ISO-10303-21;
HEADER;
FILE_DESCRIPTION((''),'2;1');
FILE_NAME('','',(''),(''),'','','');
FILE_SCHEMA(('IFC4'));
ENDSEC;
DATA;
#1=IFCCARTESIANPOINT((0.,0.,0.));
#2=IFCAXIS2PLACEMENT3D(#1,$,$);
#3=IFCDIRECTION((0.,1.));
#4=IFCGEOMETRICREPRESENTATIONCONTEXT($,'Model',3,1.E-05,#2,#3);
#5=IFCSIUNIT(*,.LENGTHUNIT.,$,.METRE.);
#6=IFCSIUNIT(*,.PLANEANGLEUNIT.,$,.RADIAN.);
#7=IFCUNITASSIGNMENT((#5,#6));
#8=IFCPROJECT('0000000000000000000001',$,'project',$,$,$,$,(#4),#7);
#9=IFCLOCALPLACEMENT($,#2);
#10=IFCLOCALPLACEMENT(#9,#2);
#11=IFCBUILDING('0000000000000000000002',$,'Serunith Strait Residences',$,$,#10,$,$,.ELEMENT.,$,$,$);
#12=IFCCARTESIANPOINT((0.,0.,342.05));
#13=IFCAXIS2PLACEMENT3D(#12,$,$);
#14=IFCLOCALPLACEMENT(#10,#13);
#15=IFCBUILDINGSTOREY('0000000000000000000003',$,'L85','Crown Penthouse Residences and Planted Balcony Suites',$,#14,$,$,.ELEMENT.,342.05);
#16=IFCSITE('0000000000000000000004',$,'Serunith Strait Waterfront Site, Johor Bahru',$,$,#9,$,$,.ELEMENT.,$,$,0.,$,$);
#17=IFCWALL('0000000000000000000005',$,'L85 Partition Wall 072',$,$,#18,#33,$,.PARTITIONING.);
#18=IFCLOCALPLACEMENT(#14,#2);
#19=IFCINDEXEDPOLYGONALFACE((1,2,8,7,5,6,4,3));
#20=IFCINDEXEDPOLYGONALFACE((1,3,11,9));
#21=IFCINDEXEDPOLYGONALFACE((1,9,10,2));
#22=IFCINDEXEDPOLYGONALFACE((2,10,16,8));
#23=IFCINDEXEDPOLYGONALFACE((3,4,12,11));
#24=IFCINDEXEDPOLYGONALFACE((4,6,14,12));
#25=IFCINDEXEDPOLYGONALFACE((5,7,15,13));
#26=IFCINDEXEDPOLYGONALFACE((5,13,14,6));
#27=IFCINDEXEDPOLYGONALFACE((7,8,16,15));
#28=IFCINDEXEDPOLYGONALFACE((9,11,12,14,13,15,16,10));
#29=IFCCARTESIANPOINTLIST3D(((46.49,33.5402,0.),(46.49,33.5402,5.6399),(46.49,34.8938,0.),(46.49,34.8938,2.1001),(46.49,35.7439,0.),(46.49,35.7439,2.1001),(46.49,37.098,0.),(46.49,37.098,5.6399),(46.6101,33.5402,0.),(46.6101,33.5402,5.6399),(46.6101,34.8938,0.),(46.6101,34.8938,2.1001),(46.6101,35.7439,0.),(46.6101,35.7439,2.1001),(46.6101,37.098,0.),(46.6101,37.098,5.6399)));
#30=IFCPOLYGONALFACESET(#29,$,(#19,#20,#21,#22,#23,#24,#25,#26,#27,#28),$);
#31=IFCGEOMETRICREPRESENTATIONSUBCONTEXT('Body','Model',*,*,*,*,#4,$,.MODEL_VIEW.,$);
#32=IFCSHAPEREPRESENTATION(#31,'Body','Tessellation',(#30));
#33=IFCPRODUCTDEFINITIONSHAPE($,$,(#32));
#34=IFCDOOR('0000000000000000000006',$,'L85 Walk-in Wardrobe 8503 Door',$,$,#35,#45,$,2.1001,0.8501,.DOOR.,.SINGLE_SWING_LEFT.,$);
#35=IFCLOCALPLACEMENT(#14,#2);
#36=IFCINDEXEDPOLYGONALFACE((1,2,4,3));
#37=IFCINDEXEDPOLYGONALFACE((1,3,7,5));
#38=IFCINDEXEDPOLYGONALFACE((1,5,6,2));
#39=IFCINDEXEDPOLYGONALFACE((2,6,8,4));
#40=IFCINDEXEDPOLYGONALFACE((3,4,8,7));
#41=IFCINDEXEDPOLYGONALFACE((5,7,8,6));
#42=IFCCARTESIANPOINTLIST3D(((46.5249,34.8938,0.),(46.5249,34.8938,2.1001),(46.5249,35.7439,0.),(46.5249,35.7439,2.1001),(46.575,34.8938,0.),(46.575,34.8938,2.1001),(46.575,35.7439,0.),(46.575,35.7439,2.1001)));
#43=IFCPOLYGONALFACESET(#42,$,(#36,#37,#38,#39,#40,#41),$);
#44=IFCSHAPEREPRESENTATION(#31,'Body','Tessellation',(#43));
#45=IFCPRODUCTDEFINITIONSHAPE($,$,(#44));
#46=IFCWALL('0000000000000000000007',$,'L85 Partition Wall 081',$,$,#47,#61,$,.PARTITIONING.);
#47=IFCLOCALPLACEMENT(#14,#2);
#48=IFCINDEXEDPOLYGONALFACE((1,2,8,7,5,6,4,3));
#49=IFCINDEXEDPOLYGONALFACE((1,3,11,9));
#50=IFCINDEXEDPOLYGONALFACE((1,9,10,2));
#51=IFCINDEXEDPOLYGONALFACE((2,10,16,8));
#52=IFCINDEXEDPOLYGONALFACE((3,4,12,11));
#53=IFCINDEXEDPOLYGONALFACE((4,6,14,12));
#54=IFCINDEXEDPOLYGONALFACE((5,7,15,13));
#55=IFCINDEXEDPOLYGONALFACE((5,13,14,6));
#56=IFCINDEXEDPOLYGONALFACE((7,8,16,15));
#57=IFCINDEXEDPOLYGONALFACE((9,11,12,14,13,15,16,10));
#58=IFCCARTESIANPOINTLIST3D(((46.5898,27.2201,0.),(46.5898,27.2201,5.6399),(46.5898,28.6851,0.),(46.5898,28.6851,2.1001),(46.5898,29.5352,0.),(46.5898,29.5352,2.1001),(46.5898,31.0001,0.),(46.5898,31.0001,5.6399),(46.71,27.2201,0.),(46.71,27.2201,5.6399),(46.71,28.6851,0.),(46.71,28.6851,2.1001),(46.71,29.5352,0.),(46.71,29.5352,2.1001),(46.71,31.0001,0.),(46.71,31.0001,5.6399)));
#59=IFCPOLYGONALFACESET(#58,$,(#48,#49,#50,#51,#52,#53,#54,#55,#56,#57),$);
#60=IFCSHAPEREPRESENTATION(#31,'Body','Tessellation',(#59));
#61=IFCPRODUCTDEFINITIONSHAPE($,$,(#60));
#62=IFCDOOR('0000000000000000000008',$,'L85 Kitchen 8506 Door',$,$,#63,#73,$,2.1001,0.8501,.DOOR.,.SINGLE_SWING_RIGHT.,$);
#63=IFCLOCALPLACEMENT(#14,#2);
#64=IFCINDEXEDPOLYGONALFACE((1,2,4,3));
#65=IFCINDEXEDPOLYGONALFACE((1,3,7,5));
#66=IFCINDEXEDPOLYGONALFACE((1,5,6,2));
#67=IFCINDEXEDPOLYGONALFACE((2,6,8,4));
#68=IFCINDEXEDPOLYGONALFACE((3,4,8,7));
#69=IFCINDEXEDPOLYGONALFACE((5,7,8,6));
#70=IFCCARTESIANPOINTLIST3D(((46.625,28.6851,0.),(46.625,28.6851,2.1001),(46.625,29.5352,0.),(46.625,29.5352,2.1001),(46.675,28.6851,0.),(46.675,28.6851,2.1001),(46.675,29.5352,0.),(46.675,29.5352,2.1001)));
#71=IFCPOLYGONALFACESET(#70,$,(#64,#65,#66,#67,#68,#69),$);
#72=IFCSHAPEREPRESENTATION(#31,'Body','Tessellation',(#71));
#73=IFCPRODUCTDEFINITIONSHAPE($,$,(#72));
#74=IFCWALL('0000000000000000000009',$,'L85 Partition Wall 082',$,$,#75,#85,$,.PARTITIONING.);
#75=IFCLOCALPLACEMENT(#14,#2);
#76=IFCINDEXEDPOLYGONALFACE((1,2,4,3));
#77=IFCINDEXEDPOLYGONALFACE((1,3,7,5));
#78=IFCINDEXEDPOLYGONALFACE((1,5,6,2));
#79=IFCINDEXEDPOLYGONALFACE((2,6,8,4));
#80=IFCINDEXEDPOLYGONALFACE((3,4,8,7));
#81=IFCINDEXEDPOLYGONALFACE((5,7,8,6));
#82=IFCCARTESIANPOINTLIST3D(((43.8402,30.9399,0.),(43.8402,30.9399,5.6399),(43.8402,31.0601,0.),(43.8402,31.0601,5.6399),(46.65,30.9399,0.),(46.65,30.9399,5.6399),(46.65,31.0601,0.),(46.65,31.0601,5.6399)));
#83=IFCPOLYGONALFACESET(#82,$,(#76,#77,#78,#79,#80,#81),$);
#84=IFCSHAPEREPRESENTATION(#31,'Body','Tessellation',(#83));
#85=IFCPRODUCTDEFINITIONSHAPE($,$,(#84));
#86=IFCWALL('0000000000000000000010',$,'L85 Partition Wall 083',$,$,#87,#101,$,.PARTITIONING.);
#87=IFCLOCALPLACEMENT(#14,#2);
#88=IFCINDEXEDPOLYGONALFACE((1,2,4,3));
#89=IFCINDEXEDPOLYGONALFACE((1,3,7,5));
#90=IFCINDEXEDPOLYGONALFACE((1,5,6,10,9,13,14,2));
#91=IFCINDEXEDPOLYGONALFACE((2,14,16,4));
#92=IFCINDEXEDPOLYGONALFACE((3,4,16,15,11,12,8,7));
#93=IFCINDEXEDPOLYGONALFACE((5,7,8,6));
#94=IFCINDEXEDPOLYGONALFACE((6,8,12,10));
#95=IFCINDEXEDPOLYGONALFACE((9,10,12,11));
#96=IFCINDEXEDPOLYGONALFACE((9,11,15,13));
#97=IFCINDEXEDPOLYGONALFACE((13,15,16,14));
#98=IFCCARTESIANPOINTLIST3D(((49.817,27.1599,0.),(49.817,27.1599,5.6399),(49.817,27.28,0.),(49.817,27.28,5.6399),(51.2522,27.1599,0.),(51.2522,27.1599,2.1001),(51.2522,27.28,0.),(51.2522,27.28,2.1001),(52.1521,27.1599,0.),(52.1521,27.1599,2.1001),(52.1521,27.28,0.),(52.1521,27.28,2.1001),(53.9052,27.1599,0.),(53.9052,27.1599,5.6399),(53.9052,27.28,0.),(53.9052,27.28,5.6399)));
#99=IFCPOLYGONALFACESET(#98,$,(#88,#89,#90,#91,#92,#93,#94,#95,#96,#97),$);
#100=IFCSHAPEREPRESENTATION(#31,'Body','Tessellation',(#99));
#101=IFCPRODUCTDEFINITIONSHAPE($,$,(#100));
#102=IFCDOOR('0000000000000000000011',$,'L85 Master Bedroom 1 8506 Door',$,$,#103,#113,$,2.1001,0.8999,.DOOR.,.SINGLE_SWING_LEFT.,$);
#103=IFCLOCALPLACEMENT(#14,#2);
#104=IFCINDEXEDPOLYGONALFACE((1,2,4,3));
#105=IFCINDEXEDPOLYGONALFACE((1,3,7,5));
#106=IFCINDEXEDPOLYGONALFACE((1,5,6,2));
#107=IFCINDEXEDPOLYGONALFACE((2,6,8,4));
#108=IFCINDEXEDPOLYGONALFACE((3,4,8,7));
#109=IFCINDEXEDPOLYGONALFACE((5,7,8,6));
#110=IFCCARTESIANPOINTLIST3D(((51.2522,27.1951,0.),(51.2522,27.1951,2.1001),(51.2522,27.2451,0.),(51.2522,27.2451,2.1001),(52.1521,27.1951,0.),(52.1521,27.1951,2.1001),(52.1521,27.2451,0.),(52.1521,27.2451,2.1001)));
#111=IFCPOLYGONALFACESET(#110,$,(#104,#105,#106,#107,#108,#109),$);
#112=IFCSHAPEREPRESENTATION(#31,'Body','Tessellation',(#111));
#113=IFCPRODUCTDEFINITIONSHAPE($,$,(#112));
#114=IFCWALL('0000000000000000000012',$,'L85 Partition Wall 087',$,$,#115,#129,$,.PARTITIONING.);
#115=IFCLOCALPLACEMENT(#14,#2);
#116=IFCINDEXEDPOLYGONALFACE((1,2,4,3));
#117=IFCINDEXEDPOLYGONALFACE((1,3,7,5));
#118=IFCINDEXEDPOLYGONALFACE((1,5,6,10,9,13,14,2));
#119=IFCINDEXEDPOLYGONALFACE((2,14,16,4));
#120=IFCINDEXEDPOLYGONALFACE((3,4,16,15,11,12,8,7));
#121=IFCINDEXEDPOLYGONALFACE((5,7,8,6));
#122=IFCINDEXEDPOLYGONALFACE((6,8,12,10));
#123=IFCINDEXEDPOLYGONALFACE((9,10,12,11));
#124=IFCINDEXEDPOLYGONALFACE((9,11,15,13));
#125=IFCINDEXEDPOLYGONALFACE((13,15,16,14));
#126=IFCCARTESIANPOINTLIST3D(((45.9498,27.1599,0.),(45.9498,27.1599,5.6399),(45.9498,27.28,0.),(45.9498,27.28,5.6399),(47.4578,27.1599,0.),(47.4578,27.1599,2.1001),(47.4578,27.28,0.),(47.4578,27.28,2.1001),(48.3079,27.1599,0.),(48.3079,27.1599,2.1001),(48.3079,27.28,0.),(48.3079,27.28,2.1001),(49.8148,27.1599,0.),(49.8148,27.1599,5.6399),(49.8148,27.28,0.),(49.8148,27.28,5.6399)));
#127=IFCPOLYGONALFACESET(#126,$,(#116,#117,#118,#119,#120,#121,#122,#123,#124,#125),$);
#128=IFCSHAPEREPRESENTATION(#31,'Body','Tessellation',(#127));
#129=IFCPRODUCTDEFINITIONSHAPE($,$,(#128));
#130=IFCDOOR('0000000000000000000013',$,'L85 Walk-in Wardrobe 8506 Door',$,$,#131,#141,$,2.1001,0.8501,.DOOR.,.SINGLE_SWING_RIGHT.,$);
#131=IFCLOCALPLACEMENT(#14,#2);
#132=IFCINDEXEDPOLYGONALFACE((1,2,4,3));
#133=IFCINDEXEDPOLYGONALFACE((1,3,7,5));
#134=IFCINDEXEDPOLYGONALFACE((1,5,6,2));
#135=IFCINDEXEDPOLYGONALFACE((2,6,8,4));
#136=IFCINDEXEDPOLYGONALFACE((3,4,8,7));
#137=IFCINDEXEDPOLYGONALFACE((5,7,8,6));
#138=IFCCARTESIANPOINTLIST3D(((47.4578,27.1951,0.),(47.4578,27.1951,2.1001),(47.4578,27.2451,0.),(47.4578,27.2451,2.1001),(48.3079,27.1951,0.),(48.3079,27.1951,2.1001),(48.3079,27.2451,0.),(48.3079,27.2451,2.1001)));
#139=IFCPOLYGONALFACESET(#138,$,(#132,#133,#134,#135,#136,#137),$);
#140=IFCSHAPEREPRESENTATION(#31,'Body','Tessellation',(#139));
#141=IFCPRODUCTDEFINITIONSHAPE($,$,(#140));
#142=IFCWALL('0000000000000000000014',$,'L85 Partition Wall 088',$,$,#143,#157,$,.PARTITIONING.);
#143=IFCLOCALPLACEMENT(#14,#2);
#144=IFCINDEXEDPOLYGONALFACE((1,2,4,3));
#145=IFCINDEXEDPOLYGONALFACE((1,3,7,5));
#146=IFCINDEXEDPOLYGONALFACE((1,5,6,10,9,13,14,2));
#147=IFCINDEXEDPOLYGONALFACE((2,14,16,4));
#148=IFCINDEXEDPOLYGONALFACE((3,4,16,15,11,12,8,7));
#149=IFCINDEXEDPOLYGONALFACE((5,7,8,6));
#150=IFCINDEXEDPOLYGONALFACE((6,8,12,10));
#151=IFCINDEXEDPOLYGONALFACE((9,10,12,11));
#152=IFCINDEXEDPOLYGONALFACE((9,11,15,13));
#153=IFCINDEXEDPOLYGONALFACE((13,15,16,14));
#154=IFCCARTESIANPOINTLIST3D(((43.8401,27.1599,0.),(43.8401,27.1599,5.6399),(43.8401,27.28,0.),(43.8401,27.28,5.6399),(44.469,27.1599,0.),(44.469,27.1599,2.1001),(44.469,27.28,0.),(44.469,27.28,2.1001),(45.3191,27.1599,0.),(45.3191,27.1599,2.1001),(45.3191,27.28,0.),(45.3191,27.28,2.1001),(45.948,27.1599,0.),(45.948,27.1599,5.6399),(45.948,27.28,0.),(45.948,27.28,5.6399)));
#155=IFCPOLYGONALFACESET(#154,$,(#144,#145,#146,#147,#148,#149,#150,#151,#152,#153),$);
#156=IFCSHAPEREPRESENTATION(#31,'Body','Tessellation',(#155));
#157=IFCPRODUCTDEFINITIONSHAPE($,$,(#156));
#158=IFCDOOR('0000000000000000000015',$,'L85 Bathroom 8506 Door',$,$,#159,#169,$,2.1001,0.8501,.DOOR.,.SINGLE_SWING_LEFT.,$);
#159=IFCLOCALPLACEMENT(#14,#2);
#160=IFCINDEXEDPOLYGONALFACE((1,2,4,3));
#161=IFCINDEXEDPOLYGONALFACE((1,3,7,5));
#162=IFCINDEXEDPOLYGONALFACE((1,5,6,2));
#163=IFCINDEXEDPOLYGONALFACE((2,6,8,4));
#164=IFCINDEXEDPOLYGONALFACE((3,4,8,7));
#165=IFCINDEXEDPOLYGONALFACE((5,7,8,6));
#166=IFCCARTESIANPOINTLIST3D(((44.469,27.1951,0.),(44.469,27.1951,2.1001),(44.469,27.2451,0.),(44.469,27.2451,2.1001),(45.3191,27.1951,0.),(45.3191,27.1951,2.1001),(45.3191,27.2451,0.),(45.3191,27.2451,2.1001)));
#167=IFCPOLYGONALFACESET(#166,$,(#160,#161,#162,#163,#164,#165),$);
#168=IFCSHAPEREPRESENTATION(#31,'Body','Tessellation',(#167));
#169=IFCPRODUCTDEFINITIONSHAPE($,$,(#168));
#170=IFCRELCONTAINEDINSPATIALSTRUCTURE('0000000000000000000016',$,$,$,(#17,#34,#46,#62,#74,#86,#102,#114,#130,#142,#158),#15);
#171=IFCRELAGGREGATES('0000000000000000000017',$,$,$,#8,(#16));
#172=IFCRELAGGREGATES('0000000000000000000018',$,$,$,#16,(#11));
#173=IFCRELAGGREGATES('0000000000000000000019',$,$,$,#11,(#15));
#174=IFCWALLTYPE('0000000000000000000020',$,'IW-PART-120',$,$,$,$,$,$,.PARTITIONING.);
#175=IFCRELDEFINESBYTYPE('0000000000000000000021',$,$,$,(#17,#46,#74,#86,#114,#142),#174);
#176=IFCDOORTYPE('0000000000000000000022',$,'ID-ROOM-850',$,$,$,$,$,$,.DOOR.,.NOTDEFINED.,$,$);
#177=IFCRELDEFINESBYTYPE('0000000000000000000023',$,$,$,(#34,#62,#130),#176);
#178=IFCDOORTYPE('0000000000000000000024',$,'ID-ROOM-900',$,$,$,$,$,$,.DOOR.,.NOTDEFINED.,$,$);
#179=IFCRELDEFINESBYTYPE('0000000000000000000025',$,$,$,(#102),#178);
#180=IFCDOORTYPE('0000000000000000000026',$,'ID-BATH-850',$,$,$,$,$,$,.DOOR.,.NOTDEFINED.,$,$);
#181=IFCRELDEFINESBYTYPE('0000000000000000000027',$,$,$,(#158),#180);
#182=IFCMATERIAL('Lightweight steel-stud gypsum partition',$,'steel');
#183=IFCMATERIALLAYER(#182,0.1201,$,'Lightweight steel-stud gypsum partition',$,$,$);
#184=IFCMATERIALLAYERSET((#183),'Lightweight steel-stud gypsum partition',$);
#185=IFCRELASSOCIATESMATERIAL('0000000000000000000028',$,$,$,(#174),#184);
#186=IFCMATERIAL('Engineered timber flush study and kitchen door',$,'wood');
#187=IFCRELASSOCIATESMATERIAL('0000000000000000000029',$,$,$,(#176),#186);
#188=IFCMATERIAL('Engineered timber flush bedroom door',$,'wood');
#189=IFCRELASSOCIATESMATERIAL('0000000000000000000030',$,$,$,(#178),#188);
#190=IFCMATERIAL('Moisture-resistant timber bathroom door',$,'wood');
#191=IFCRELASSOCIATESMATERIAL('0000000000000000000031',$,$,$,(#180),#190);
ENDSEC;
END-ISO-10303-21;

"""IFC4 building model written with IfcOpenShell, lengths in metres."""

from ifc_helpers import new_model, si_unit, direction, frame, frame_2d, origin, place, context, subcontext, project, spatial, rectangle, extrude, source, transform, mapped, material, layer, layer_set, type_object, element, fill, save


model = new_model("IFC4")

# Units and contexts
model_context = context("Model", 3, precision=1e-05, world=origin(), true_north=direction((0.0, 1.0)))
body_context = subcontext(model_context, "Body", "Model", "MODEL_VIEW")
ifc_project = project(units=[si_unit("LENGTHUNIT", "METRE"), si_unit("PLANEANGLEUNIT", "RADIAN")], contexts=[model_context])

# Site, building, storey
site_placement = place(None, origin())
site = spatial("IfcSite", under=ifc_project, at=site_placement, Name="Serunith Strait Waterfront Site, Johor Bahru", CompositionType="ELEMENT", RefElevation=0.0)
building_placement = place(site_placement, origin())
building = spatial("IfcBuilding", under=site, at=building_placement, Name="Serunith Strait Residences", CompositionType="ELEMENT")
storey_placement = place(building_placement, frame((0.0, 0.0, 342.05)))
storey = spatial("IfcBuildingStorey", under=building, at=storey_placement, Name="L85", Description="Crown Penthouse Residences and Planted Balcony Suites", CompositionType="ELEMENT", Elevation=342.05)

# Walls, openings, doors
ifc_material_1 = material(Name="Lightweight steel-stud gypsum partition", Category="steel")
ifc_layer_1 = layer(ifc_material_1, 0.1201, Name="Lightweight steel-stud gypsum partition")
ifc_layer_set_1 = layer_set([ifc_layer_1], Name="Lightweight steel-stud gypsum partition")
wall_type_1 = type_object("IfcWallType", Name="IW-PART-120", PredefinedType="PARTITIONING", material=ifc_layer_set_1)
wall_1_placement = place(storey_placement, frame((46.55, 37.0979, 0.0), z_axis=(0.0, 0.0, 1.0), x_axis=(0.0, -1.0, 0.0)))
wall_1 = element("IfcWall", 1, at=wall_1_placement, inside=storey, type_object=wall_type_1, Name="L85 Partition Wall 072", PredefinedType="PARTITIONING", context=body_context, shape_type="SweptSolid", body=[
    extrude(rectangle(XDim=3.5579, YDim=0.1201, at=frame_2d((1.7788, 0.0))), origin(), (0.0, 0.0, 1.0), 5.6399),
])
opening_1_placement = place(wall_1_placement, frame((1.354, 0.0, 0.0)))
opening_1 = element("IfcOpeningElement", 2, at=opening_1_placement, cuts=wall_1, PredefinedType="OPENING", context=body_context, shape_type="SweptSolid", body=[
    extrude(rectangle(XDim=0.8501, YDim=2.1001, at=frame_2d((0.425, 1.05))), frame((0.0, 0.0701, 0.0), z_axis=(0.0, -1.0, 0.0), x_axis=(1.0, 0.0, 0.0)), (0.0, 0.0, 1.0), 0.1401),
])
ifc_material_2 = material(Name="Engineered timber flush study and kitchen door", Category="wood")
door_type_1 = type_object("IfcDoorType", Name="ID-ROOM-850", OperationType="NOTDEFINED", PredefinedType="DOOR", material=ifc_material_2)
shared_shape_1 = source(origin(), body_context, "Body", "SweptSolid", [
    extrude(rectangle(XDim=0.8501, YDim=2.1001, at=frame_2d((0.425, 1.05))), frame((0.0, 0.0249, 0.0), z_axis=(0.0, -1.0, 0.0), x_axis=(1.0, 0.0, 0.0)), (0.0, 0.0, 1.0), 0.05),
])
door_1_placement = place(opening_1_placement, origin())
door_1 = element("IfcDoor", 3, at=door_1_placement, inside=storey, type_object=door_type_1, Name="L85 Walk-in Wardrobe 8503 Door", OperationType="SINGLE_SWING_LEFT", OverallHeight=2.1001, OverallWidth=0.8501, PredefinedType="DOOR", context=body_context, shape_type="MappedRepresentation", body=[
    mapped(shared_shape_1, transform((0.0, 0.0, 0.0), scale=1.0)),
])
fill(opening_1, door_1)
wall_2_placement = place(storey_placement, frame((46.6499, 27.22, 0.0), z_axis=(0.0, 0.0, 1.0), x_axis=(0.0, 1.0, 0.0)))
wall_2 = element("IfcWall", 4, at=wall_2_placement, inside=storey, type_object=wall_type_1, Name="L85 Partition Wall 081", PredefinedType="PARTITIONING", context=body_context, shape_type="SweptSolid", body=[
    extrude(rectangle(XDim=3.78, YDim=0.1201, at=frame_2d((1.8901, 0.0))), origin(), (0.0, 0.0, 1.0), 5.6399),
])
opening_2_placement = place(wall_2_placement, frame((1.4651, 0.0, 0.0)))
opening_2 = element("IfcOpeningElement", 5, at=opening_2_placement, cuts=wall_2, PredefinedType="OPENING", context=body_context, shape_type="SweptSolid", body=[
    extrude(rectangle(XDim=0.8501, YDim=2.1001, at=frame_2d((0.425, 1.05))), frame((0.0, 0.0701, 0.0), z_axis=(0.0, -1.0, 0.0), x_axis=(1.0, 0.0, 0.0)), (0.0, 0.0, 1.0), 0.1401),
])
door_2_placement = place(opening_2_placement, origin())
door_2 = element("IfcDoor", 6, at=door_2_placement, inside=storey, type_object=door_type_1, Name="L85 Kitchen 8506 Door", OperationType="SINGLE_SWING_RIGHT", OverallHeight=2.1001, OverallWidth=0.8501, PredefinedType="DOOR", context=body_context, shape_type="MappedRepresentation", body=[
    mapped(shared_shape_1, transform((0.0, 0.0, 0.0), scale=1.0)),
])
fill(opening_2, door_2)

# Wall
wall_3_placement = place(storey_placement, frame((46.6499, 31.0, 0.0), z_axis=(0.0, 0.0, 1.0), x_axis=(-1.0, 0.0, 0.0)))
element("IfcWall", 7, at=wall_3_placement, inside=storey, type_object=wall_type_1, Name="L85 Partition Wall 082", PredefinedType="PARTITIONING", context=body_context, shape_type="SweptSolid", body=[
    extrude(rectangle(XDim=2.8098, YDim=0.1201, at=frame_2d((1.4048, 0.0))), origin(), (0.0, 0.0, 1.0), 5.6399),
])

# Walls, openings, doors
wall_4_placement = place(storey_placement, frame((53.905, 27.22, 0.0), z_axis=(0.0, 0.0, 1.0), x_axis=(-1.0, 0.0, 0.0)))
wall_4 = element("IfcWall", 8, at=wall_4_placement, inside=storey, type_object=wall_type_1, Name="L85 Partition Wall 083", PredefinedType="PARTITIONING", context=body_context, shape_type="SweptSolid", body=[
    extrude(rectangle(XDim=4.0881, YDim=0.1201, at=frame_2d((2.0439, 0.0))), origin(), (0.0, 0.0, 1.0), 5.6399),
])
opening_3_placement = place(wall_4_placement, frame((1.7529, 0.0, 0.0)))
opening_3 = element("IfcOpeningElement", 9, at=opening_3_placement, cuts=wall_4, PredefinedType="OPENING", context=body_context, shape_type="SweptSolid", body=[
    extrude(rectangle(XDim=0.8999, YDim=2.1001, at=frame_2d((0.45, 1.05))), frame((0.0, 0.0701, 0.0), z_axis=(0.0, -1.0, 0.0), x_axis=(1.0, 0.0, 0.0)), (0.0, 0.0, 1.0), 0.1401),
])
ifc_material_3 = material(Name="Engineered timber flush bedroom door", Category="wood")
door_type_2 = type_object("IfcDoorType", Name="ID-ROOM-900", OperationType="NOTDEFINED", PredefinedType="DOOR", material=ifc_material_3)
shared_shape_2 = source(origin(), body_context, "Body", "SweptSolid", [
    extrude(rectangle(XDim=0.8999, YDim=2.1001, at=frame_2d((0.45, 1.05))), frame((0.0, 0.0249, 0.0), z_axis=(0.0, -1.0, 0.0), x_axis=(1.0, 0.0, 0.0)), (0.0, 0.0, 1.0), 0.05),
])
door_3_placement = place(opening_3_placement, origin())
door_3 = element("IfcDoor", 10, at=door_3_placement, inside=storey, type_object=door_type_2, Name="L85 Master Bedroom 1 8506 Door", OperationType="SINGLE_SWING_LEFT", OverallHeight=2.1001, OverallWidth=0.8999, PredefinedType="DOOR", context=body_context, shape_type="MappedRepresentation", body=[
    mapped(shared_shape_2, transform((0.0, 0.0, 0.0), scale=1.0)),
])
fill(opening_3, door_3)
wall_5_placement = place(storey_placement, frame((49.8149, 27.22, 0.0), z_axis=(0.0, 0.0, 1.0), x_axis=(-1.0, 0.0, 0.0)))
wall_5 = element("IfcWall", 11, at=wall_5_placement, inside=storey, type_object=wall_type_1, Name="L85 Partition Wall 087", PredefinedType="PARTITIONING", context=body_context, shape_type="SweptSolid", body=[
    extrude(rectangle(XDim=3.865, YDim=0.1201, at=frame_2d((1.9326, 0.0))), origin(), (0.0, 0.0, 1.0), 5.6399),
])
opening_4_placement = place(wall_5_placement, frame((1.5071, 0.0, 0.0)))
opening_4 = element("IfcOpeningElement", 12, at=opening_4_placement, cuts=wall_5, PredefinedType="OPENING", context=body_context, shape_type="SweptSolid", body=[
    extrude(rectangle(XDim=0.8501, YDim=2.1001, at=frame_2d((0.425, 1.05))), frame((0.0, 0.0701, 0.0), z_axis=(0.0, -1.0, 0.0), x_axis=(1.0, 0.0, 0.0)), (0.0, 0.0, 1.0), 0.1401),
])
door_4_placement = place(opening_4_placement, origin())
door_4 = element("IfcDoor", 13, at=door_4_placement, inside=storey, type_object=door_type_1, Name="L85 Walk-in Wardrobe 8506 Door", OperationType="SINGLE_SWING_RIGHT", OverallHeight=2.1001, OverallWidth=0.8501, PredefinedType="DOOR", context=body_context, shape_type="MappedRepresentation", body=[
    mapped(shared_shape_1, transform((0.0, 0.0, 0.0), scale=1.0)),
])
fill(opening_4, door_4)
wall_6_placement = place(storey_placement, frame((45.948, 27.22, 0.0), z_axis=(0.0, 0.0, 1.0), x_axis=(-1.0, 0.0, 0.0)))
wall_6 = element("IfcWall", 14, at=wall_6_placement, inside=storey, type_object=wall_type_1, Name="L85 Partition Wall 088", PredefinedType="PARTITIONING", context=body_context, shape_type="SweptSolid", body=[
    extrude(rectangle(XDim=2.1079, YDim=0.1201, at=frame_2d((1.054, 0.0))), origin(), (0.0, 0.0, 1.0), 5.6399),
])
opening_5_placement = place(wall_6_placement, frame((0.6289, 0.0, 0.0)))
opening_5 = element("IfcOpeningElement", 15, at=opening_5_placement, cuts=wall_6, PredefinedType="OPENING", context=body_context, shape_type="SweptSolid", body=[
    extrude(rectangle(XDim=0.8501, YDim=2.1001, at=frame_2d((0.425, 1.05))), frame((0.0, 0.0701, 0.0), z_axis=(0.0, -1.0, 0.0), x_axis=(1.0, 0.0, 0.0)), (0.0, 0.0, 1.0), 0.1401),
])
ifc_material_4 = material(Name="Moisture-resistant timber bathroom door", Category="wood")
door_type_3 = type_object("IfcDoorType", Name="ID-BATH-850", OperationType="NOTDEFINED", PredefinedType="DOOR", material=ifc_material_4)
door_5_placement = place(opening_5_placement, origin())
door_5 = element("IfcDoor", 16, at=door_5_placement, inside=storey, type_object=door_type_3, Name="L85 Bathroom 8506 Door", OperationType="SINGLE_SWING_LEFT", OverallHeight=2.1001, OverallWidth=0.8501, PredefinedType="DOOR", context=body_context, shape_type="MappedRepresentation", body=[
    mapped(shared_shape_1, transform((0.0, 0.0, 0.0), scale=1.0)),
])
fill(opening_5, door_5)

save(model, "model.ifc")
